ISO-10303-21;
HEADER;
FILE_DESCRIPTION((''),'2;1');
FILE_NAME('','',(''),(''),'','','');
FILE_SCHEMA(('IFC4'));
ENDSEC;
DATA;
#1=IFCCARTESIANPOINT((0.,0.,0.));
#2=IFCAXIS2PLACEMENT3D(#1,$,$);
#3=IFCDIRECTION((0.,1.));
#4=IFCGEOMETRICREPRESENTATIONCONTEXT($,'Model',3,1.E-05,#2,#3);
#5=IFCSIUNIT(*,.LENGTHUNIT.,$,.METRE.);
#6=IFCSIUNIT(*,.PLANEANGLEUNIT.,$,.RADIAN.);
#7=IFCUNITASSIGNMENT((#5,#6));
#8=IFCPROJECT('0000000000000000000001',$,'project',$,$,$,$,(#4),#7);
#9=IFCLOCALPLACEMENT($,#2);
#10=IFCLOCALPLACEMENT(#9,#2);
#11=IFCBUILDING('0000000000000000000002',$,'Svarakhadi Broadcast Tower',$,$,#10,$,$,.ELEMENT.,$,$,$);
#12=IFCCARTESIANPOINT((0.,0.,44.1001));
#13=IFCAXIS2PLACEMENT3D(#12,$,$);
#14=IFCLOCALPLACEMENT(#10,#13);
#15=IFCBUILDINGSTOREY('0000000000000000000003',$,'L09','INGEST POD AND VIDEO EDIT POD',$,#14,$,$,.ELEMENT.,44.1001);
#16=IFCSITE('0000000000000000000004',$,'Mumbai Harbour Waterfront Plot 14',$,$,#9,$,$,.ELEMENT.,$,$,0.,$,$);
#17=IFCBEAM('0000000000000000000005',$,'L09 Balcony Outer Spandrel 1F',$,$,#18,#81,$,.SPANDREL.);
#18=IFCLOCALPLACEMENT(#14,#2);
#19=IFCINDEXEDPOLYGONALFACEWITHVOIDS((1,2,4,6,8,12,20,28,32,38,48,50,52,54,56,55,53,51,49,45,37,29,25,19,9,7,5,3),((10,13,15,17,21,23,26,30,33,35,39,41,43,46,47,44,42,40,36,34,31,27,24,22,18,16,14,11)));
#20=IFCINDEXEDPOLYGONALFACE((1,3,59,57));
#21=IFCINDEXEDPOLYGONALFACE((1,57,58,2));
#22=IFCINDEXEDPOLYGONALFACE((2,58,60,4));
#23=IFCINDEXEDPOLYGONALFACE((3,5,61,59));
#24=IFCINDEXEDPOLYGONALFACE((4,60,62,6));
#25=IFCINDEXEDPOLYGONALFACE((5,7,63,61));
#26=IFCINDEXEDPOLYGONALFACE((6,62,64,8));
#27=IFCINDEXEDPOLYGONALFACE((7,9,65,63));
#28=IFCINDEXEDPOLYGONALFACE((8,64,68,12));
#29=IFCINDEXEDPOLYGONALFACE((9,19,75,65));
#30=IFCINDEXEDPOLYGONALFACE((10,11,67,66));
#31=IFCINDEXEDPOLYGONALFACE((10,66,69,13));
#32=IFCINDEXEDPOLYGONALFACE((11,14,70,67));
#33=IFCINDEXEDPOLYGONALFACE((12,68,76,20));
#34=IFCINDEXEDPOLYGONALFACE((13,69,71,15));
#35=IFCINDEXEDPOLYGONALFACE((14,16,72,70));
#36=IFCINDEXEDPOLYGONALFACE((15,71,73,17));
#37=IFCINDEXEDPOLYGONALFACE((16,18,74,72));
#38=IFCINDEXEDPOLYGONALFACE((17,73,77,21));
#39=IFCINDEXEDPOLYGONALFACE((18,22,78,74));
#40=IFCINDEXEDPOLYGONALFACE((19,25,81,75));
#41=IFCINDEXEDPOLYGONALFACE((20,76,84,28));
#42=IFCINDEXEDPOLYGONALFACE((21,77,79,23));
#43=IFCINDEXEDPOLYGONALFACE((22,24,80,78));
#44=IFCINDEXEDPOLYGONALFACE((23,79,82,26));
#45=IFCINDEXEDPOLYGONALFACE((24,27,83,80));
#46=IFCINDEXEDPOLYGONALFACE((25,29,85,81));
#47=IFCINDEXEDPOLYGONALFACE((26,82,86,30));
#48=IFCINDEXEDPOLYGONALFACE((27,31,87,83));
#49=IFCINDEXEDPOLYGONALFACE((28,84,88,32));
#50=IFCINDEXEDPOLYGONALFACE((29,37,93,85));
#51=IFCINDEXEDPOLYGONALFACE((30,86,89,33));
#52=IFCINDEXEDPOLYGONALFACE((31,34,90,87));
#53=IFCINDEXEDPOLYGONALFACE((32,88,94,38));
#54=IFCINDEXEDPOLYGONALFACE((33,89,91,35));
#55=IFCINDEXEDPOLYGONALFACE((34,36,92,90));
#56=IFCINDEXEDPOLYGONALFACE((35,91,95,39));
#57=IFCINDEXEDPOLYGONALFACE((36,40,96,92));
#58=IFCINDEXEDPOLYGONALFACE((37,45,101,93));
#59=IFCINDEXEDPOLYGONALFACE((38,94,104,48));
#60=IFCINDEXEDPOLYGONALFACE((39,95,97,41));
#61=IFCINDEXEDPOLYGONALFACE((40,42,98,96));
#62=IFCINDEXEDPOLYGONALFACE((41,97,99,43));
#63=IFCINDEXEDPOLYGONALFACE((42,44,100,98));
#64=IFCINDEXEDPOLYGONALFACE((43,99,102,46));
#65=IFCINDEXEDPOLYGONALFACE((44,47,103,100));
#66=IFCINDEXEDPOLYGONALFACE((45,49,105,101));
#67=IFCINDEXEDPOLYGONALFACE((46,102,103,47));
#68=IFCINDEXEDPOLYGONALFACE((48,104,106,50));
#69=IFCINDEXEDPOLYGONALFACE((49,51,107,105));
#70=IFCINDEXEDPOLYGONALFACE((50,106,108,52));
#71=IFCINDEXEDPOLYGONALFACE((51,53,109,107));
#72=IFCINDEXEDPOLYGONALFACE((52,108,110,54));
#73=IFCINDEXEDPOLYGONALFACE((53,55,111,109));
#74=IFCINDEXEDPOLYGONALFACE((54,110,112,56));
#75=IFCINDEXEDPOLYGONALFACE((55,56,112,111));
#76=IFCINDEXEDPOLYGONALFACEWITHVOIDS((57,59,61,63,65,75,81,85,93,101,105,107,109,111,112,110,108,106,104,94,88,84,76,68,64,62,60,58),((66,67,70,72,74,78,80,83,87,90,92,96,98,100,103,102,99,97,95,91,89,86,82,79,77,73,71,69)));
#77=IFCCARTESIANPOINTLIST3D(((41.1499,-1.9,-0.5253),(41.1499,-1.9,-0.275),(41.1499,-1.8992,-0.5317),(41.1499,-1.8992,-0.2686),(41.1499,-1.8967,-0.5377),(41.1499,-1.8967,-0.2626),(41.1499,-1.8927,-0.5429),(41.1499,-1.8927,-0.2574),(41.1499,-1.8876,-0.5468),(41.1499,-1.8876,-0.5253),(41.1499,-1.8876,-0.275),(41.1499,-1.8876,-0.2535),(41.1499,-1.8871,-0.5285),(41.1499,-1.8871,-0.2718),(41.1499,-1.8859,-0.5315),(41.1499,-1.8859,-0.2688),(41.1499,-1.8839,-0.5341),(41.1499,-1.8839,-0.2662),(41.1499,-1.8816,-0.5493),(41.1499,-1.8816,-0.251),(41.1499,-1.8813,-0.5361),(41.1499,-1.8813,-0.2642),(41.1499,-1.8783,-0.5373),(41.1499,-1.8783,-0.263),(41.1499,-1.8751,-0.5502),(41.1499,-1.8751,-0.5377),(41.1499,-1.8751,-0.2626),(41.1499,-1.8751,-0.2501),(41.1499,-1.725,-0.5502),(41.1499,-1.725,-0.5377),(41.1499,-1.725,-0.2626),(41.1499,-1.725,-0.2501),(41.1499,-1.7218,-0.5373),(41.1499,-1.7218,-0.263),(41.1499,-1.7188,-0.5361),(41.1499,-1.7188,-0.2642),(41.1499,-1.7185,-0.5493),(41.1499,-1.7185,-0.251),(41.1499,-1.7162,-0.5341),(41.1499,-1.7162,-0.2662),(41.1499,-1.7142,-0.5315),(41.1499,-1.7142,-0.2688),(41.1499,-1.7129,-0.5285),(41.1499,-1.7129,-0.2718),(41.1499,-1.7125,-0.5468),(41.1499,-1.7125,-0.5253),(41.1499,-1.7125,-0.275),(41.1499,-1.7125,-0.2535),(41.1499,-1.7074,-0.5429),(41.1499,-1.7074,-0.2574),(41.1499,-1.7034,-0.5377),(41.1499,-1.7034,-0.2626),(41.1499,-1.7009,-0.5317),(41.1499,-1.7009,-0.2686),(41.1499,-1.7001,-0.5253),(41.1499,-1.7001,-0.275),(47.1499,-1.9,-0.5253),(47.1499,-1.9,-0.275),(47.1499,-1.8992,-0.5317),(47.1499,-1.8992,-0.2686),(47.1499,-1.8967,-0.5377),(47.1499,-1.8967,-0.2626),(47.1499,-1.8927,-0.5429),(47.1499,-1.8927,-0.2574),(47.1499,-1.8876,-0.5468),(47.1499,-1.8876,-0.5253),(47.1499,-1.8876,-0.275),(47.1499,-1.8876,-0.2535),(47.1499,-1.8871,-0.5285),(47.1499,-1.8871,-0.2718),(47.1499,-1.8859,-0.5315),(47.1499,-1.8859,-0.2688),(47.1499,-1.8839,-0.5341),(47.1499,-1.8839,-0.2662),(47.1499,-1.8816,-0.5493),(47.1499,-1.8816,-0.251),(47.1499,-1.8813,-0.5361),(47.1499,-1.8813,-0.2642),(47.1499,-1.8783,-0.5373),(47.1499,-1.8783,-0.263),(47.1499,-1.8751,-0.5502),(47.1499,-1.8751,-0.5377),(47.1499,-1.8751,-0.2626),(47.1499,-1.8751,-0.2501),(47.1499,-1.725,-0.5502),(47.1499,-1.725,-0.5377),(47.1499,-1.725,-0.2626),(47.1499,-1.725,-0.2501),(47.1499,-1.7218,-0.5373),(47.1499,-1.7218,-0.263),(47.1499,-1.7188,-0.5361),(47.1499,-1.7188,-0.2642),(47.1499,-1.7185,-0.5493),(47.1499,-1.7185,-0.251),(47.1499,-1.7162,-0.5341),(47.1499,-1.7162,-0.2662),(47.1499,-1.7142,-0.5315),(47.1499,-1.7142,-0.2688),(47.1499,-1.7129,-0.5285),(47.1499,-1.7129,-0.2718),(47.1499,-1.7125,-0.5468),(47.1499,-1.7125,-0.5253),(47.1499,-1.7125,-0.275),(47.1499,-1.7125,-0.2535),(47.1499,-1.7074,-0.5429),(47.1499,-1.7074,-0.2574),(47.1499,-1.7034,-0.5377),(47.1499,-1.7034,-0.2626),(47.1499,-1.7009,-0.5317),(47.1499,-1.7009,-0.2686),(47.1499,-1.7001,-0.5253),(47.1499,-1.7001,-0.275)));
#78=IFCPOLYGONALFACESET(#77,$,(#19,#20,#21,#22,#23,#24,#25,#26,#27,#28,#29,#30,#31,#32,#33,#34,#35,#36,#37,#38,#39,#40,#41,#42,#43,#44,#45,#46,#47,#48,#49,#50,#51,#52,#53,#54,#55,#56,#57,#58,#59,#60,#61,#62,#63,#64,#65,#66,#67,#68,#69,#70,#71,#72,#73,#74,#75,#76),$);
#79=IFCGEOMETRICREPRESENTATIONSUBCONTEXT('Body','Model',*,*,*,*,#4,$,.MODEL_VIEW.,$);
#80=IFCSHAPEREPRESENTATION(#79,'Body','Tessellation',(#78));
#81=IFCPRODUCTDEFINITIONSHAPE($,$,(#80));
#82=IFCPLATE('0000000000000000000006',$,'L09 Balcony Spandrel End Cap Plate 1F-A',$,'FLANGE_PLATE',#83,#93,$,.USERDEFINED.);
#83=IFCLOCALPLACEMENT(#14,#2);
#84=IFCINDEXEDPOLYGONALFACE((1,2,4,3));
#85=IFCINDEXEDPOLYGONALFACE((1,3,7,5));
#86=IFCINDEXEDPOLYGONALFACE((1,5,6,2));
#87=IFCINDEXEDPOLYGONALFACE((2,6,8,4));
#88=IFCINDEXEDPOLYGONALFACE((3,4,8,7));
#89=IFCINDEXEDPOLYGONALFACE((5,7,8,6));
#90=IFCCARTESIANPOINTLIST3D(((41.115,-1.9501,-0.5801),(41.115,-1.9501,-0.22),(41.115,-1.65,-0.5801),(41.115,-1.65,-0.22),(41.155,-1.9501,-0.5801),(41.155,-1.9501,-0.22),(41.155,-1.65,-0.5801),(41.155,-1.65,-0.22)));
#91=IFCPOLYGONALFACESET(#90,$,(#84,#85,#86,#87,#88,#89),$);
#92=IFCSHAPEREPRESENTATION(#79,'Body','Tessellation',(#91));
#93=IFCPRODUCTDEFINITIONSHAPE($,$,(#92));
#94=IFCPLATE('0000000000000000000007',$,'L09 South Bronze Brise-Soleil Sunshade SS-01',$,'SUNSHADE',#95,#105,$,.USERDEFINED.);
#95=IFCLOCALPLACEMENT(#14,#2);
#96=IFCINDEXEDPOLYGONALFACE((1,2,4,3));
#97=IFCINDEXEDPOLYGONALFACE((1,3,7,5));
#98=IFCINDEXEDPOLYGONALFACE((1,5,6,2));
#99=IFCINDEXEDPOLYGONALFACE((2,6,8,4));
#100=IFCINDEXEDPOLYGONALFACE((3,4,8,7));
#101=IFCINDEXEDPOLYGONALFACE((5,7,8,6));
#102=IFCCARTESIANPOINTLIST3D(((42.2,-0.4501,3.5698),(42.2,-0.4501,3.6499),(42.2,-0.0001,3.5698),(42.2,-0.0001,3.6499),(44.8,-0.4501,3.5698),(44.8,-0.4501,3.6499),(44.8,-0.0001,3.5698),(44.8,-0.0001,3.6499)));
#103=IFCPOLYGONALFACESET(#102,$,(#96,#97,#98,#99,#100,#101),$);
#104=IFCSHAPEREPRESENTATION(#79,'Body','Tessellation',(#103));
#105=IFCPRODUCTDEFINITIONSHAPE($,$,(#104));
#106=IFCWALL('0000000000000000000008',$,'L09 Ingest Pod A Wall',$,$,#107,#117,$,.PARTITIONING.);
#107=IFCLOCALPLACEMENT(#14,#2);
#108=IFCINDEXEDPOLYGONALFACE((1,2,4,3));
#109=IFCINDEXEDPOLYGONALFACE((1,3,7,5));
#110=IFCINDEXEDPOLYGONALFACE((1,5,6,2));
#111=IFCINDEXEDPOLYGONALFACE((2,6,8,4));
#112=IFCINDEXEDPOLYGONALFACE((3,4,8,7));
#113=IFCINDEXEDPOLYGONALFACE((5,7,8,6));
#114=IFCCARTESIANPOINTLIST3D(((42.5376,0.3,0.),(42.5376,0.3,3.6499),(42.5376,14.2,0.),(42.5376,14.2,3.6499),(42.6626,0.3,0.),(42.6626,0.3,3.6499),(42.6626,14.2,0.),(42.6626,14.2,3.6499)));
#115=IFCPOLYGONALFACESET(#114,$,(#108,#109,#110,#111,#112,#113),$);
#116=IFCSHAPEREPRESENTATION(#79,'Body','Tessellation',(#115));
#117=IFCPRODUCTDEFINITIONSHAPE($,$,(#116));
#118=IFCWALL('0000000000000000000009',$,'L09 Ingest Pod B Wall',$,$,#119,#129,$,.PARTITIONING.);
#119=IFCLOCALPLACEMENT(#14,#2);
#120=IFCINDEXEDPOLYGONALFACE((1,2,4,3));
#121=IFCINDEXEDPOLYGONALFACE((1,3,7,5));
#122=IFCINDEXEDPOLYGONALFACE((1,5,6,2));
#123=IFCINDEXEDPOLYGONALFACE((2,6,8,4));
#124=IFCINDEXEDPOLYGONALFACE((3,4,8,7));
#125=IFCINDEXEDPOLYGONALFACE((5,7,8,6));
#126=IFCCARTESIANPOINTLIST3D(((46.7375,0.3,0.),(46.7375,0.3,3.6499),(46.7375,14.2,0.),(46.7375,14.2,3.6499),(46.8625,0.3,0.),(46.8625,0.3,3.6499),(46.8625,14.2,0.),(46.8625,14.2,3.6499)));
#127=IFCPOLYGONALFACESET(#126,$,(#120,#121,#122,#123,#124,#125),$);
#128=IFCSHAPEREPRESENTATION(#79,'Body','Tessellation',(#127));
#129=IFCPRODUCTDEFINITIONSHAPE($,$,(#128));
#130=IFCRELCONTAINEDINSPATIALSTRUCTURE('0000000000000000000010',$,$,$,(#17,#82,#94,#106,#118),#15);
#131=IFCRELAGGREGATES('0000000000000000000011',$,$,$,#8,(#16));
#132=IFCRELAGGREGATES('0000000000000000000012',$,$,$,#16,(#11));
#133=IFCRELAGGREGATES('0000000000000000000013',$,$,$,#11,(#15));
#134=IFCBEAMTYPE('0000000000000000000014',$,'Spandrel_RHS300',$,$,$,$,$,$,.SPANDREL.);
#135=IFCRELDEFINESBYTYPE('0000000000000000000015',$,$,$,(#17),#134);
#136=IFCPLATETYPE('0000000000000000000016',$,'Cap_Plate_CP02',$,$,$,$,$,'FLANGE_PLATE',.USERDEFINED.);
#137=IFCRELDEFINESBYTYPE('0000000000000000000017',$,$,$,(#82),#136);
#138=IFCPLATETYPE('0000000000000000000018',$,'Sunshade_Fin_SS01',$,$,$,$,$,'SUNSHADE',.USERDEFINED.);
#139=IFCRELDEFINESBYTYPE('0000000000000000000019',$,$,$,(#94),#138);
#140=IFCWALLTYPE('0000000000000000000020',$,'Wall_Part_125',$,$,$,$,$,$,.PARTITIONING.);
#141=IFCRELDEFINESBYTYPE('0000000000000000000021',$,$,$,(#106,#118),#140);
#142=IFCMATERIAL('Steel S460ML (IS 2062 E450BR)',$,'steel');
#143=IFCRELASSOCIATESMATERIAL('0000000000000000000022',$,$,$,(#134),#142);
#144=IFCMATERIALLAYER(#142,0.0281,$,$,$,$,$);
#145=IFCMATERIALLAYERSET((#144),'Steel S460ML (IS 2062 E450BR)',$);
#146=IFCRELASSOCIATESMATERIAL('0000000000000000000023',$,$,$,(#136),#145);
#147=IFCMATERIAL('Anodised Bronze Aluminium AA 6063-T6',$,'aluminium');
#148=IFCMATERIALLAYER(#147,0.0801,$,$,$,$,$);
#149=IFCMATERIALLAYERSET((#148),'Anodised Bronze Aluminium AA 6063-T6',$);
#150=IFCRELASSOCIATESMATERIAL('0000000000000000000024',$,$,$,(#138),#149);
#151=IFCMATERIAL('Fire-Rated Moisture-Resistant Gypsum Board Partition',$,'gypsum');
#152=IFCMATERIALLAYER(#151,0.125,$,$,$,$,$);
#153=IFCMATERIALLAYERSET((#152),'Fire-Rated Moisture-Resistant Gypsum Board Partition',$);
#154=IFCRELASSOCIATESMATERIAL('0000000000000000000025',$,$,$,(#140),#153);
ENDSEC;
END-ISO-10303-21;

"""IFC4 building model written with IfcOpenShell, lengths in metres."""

from ifc_helpers import new_model, si_unit, direction, frame, frame_2d, origin, origin_2d, place, context, subcontext, project, spatial, rectangle, hollow_rectangle, extrude, material, layer, layer_set, material_profile, profile_set, type_object, element, save


model = new_model("IFC4")

# Units and contexts
model_context = context("Model", 3, precision=1e-05, world=origin(), true_north=direction((0.0, 1.0)))
body_context = subcontext(model_context, "Body", "Model", "MODEL_VIEW")
ifc_project = project(units=[si_unit("LENGTHUNIT", "METRE"), si_unit("PLANEANGLEUNIT", "RADIAN")], contexts=[model_context])

# Site, building, storey
site_placement = place(None, origin())
site = spatial("IfcSite", under=ifc_project, at=site_placement, Name="Mumbai Harbour Waterfront Plot 14", CompositionType="ELEMENT", RefElevation=0.0)
building_placement = place(site_placement, origin())
building = spatial("IfcBuilding", under=site, at=building_placement, Name="Svarakhadi Broadcast Tower", CompositionType="ELEMENT")
storey_placement = place(building_placement, frame((0.0, 0.0, 44.1001)))
storey = spatial("IfcBuildingStorey", under=building, at=storey_placement, Name="L09", Description="INGEST POD AND VIDEO EDIT POD", CompositionType="ELEMENT", Elevation=44.1001)

# Shared definitions
ifc_material_1 = material(Name="Steel S460ML (IS 2062 E450BR)", Category="steel")

# Beam
ifc_material_profile_1 = material_profile(ifc_material_1, hollow_rectangle(XDim=0.2, YDim=0.3, WallThickness=0.0125, InnerFilletRadius=0.0125, OuterFilletRadius=0.0249, at=origin_2d()), Name="RHS 300x200x12.5")
ifc_profile_set_1 = profile_set([ifc_material_profile_1], Name="Steel S460ML (IS 2062 E450BR)")
beam_type_1 = type_object("IfcBeamType", Name="Spandrel_RHS300", PredefinedType="SPANDREL", material=ifc_profile_set_1)
beam_1_placement = place(storey_placement, frame((41.1499, -1.8, -0.4001), z_axis=(1.0, 0.0, 0.0), x_axis=(0.0, 1.0, 0.0)))
element("IfcBeam", 1, at=beam_1_placement, inside=storey, type_object=beam_type_1, Name="L09 Balcony Outer Spandrel 1F", PredefinedType="SPANDREL", context=body_context, shape_type="SweptSolid", body=[
    extrude(hollow_rectangle(XDim=0.2, YDim=0.3, WallThickness=0.0125, InnerFilletRadius=0.0125, OuterFilletRadius=0.0249, at=origin_2d()), origin(), (0.0, 0.0, 1.0), 6.0),
])

# Plates
ifc_layer_1 = layer(ifc_material_1, 0.0281)
ifc_layer_set_1 = layer_set([ifc_layer_1], Name="Steel S460ML (IS 2062 E450BR)")
plate_type_1 = type_object("IfcPlateType", Name="Cap_Plate_CP02", ElementType="FLANGE_PLATE", PredefinedType="USERDEFINED", material=ifc_layer_set_1)
plate_1_placement = place(storey_placement, frame((41.135, -1.8, -0.5801), z_axis=(0.0, 0.0, 1.0), x_axis=(1.0, 0.0, 0.0)))
element("IfcPlate", 2, at=plate_1_placement, inside=storey, type_object=plate_type_1, Name="L09 Balcony Spandrel End Cap Plate 1F-A", ObjectType="FLANGE_PLATE", PredefinedType="USERDEFINED", context=body_context, shape_type="SweptSolid", body=[
    extrude(rectangle(XDim=0.04, YDim=0.3, at=origin_2d()), origin(), (0.0, 0.0, 1.0), 0.3601),
])
ifc_material_2 = material(Name="Anodised Bronze Aluminium AA 6063-T6", Category="aluminium")
ifc_layer_2 = layer(ifc_material_2, 0.0801)
ifc_layer_set_2 = layer_set([ifc_layer_2], Name="Anodised Bronze Aluminium AA 6063-T6")
plate_type_2 = type_object("IfcPlateType", Name="Sunshade_Fin_SS01", ElementType="SUNSHADE", PredefinedType="USERDEFINED", material=ifc_layer_set_2)
plate_2_placement = place(storey_placement, frame((43.5, -0.2251, 3.5698), z_axis=(0.0, 0.0, 1.0), x_axis=(1.0, 0.0, 0.0)))
element("IfcPlate", 3, at=plate_2_placement, inside=storey, type_object=plate_type_2, Name="L09 South Bronze Brise-Soleil Sunshade SS-01", ObjectType="SUNSHADE", PredefinedType="USERDEFINED", context=body_context, shape_type="SweptSolid", body=[
    extrude(rectangle(XDim=2.6001, YDim=0.45, at=origin_2d()), origin(), (0.0, 0.0, 1.0), 0.0801),
])

# Walls
ifc_material_3 = material(Name="Fire-Rated Moisture-Resistant Gypsum Board Partition", Category="gypsum")
ifc_layer_3 = layer(ifc_material_3, 0.125)
ifc_layer_set_3 = layer_set([ifc_layer_3], Name="Fire-Rated Moisture-Resistant Gypsum Board Partition")
wall_type = type_object("IfcWallType", Name="Wall_Part_125", PredefinedType="PARTITIONING", material=ifc_layer_set_3)
for number, where, z_axis, x_axis, name in (
    (4, (42.6001, 0.3, 0.0), (0.0, 0.0, 1.0), (0.0, 1.0, 0.0), "L09 Ingest Pod A Wall"),
    (5, (46.8, 0.3, 0.0), (0.0, 0.0, 1.0), (0.0, 1.0, 0.0), "L09 Ingest Pod B Wall"),
):
    element("IfcWall", number, at=place(storey_placement, frame(where, z_axis=z_axis, x_axis=x_axis)), inside=storey, type_object=wall_type, Name=name, PredefinedType="PARTITIONING", context=body_context, shape_type="SweptSolid", body=[
        extrude(rectangle(XDim=13.8999, YDim=0.125, at=frame_2d((6.95, 0.0))), origin(), (0.0, 0.0, 1.0), 3.6499),
    ])

save(model, "model.ifc")
